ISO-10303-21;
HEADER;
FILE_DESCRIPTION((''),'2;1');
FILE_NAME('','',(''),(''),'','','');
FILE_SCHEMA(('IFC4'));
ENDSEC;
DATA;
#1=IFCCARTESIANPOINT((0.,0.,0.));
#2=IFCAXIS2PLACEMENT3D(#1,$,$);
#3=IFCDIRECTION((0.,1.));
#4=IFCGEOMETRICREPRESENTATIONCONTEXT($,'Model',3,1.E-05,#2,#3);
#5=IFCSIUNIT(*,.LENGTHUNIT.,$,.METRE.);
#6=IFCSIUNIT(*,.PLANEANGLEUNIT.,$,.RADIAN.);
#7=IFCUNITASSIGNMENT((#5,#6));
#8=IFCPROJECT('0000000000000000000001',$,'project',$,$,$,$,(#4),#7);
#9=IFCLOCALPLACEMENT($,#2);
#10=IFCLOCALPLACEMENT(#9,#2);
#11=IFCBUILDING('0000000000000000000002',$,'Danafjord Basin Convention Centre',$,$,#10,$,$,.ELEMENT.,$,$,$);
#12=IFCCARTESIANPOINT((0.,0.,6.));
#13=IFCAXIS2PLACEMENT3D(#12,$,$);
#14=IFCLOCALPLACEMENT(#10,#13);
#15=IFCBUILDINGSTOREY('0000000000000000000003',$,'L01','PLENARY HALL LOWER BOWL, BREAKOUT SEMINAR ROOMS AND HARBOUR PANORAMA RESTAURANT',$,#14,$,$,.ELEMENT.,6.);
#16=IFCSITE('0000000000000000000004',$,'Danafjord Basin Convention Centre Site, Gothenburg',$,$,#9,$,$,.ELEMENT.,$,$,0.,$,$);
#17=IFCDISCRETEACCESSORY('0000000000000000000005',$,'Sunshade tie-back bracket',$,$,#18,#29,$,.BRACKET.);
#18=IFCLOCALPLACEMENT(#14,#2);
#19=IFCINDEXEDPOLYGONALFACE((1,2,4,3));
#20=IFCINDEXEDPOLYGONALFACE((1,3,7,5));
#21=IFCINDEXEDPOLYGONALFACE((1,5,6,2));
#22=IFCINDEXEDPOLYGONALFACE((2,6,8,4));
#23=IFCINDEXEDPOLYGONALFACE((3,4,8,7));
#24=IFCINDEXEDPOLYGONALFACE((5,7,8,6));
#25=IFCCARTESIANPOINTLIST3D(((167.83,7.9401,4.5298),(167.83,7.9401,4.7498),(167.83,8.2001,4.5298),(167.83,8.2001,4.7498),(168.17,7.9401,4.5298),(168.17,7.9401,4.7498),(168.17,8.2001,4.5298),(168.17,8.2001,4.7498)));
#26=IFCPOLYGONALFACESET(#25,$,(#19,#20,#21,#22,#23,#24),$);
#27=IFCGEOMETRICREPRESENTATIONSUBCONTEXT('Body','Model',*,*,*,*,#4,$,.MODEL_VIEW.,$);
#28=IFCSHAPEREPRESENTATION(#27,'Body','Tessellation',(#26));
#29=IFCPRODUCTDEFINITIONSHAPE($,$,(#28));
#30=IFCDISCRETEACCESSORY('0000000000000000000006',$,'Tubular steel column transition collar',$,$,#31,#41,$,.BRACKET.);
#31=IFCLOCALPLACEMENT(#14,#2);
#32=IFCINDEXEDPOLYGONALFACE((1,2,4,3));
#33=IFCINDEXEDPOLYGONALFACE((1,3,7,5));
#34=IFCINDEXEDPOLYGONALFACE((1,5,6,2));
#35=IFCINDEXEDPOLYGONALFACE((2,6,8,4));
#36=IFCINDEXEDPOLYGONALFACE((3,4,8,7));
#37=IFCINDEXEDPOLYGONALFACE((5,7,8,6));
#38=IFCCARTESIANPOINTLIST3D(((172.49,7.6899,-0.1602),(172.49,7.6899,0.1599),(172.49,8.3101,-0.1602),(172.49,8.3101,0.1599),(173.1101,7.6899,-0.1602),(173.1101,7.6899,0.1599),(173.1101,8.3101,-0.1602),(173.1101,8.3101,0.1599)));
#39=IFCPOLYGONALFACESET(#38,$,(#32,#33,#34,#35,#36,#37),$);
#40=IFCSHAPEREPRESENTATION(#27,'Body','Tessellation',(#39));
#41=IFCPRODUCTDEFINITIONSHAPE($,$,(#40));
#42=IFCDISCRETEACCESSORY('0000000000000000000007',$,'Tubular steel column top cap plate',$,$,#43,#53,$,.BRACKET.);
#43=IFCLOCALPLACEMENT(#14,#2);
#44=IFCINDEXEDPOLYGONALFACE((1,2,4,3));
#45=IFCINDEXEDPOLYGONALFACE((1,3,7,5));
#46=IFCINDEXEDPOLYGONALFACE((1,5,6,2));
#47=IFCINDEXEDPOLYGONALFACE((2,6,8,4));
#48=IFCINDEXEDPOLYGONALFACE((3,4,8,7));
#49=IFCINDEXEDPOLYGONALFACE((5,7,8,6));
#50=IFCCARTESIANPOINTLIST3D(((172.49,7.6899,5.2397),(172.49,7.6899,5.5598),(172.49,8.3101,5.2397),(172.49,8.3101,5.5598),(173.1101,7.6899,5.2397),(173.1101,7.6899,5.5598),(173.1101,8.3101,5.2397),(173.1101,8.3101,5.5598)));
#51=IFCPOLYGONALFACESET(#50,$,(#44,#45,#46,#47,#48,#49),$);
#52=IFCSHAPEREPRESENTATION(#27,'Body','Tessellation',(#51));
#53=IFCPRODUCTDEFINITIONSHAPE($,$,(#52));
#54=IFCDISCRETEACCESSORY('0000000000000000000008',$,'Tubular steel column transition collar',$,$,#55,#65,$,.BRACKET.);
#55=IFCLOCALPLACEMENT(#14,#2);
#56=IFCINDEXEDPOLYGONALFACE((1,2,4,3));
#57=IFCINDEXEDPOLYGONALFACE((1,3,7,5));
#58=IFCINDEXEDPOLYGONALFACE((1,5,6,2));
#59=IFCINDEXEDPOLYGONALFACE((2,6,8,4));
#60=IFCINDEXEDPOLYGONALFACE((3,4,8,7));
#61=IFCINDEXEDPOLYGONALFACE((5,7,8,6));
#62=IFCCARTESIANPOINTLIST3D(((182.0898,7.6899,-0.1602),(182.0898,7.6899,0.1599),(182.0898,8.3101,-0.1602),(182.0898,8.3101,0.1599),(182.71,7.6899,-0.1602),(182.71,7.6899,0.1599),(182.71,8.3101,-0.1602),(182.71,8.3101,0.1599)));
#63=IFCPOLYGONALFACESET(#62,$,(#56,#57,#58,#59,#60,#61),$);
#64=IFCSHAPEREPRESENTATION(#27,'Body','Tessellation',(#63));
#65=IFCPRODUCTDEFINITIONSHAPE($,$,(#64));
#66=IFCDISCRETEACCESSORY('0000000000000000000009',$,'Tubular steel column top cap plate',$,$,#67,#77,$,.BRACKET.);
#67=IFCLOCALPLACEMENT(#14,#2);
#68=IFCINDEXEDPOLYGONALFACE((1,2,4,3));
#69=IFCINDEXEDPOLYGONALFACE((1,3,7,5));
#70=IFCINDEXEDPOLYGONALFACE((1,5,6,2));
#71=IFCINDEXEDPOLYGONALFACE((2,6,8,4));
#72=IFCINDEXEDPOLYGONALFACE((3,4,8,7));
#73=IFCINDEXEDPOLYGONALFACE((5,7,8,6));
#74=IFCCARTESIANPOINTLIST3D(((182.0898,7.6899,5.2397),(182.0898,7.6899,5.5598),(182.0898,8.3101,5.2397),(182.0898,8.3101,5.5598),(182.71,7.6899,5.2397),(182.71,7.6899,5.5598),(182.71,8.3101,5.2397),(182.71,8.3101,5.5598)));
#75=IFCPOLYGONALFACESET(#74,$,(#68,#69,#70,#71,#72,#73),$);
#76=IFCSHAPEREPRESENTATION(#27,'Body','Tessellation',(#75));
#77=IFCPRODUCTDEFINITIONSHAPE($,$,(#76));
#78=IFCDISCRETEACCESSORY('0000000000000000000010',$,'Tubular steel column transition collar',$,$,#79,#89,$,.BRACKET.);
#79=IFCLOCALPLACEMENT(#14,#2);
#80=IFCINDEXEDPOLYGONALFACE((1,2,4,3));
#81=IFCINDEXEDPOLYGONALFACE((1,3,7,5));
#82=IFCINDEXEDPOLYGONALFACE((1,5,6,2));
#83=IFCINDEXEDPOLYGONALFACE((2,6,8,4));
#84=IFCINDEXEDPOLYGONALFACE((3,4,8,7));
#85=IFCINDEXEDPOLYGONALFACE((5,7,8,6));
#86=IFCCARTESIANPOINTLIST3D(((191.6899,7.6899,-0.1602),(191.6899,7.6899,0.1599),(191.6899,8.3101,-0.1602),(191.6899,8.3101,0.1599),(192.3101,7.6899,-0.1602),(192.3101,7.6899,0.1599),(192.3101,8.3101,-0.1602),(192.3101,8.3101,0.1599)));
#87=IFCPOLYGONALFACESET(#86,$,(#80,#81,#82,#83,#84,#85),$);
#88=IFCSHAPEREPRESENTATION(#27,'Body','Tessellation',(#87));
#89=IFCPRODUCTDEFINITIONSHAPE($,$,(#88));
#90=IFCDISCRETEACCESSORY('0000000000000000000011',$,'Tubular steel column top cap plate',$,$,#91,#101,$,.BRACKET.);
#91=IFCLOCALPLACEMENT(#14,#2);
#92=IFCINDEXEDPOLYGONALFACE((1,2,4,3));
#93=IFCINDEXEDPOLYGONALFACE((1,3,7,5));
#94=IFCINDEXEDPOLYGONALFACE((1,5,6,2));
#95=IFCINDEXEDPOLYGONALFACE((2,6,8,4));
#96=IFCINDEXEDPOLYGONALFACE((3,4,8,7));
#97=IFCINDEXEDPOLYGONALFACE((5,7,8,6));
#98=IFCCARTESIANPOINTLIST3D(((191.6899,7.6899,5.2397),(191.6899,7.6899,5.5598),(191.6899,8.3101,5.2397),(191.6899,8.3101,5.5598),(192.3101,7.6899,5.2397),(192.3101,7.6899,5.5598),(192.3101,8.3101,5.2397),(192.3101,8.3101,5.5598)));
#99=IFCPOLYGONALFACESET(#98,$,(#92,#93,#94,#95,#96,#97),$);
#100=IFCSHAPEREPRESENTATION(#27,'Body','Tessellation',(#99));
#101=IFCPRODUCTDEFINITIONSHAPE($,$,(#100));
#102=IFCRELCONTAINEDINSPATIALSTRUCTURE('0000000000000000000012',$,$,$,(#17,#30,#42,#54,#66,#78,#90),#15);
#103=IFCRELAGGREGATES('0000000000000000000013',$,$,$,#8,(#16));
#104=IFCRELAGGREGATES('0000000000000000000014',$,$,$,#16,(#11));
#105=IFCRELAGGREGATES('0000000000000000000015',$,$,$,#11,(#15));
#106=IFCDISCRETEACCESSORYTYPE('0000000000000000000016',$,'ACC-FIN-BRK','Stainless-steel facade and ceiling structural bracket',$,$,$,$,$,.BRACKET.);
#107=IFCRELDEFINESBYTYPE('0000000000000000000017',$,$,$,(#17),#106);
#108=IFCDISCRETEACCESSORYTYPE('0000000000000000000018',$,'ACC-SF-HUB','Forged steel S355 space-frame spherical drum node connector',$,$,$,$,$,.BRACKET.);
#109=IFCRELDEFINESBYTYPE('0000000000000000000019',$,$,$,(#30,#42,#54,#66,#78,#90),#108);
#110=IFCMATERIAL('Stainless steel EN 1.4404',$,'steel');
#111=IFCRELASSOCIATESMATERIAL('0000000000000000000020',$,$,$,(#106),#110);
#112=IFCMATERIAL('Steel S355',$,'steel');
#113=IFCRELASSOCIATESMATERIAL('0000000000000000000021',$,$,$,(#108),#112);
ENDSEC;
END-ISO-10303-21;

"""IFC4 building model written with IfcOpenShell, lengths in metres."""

from ifc_helpers import new_model, si_unit, direction, frame, origin, origin_2d, place, context, subcontext, project, spatial, rectangle, extrude, material, type_object, element, save


model = new_model("IFC4")

# Units and contexts
model_context = context("Model", 3, precision=1e-05, world=origin(), true_north=direction((0.0, 1.0)))
body_context = subcontext(model_context, "Body", "Model", "MODEL_VIEW")
ifc_project = project(units=[si_unit("LENGTHUNIT", "METRE"), si_unit("PLANEANGLEUNIT", "RADIAN")], contexts=[model_context])

# Site, building, storey
site_placement = place(None, origin())
site = spatial("IfcSite", under=ifc_project, at=site_placement, Name="Danafjord Basin Convention Centre Site, Gothenburg", CompositionType="ELEMENT", RefElevation=0.0)
building_placement = place(site_placement, origin())
building = spatial("IfcBuilding", under=site, at=building_placement, Name="Danafjord Basin Convention Centre", CompositionType="ELEMENT")
storey_placement = place(building_placement, frame((0.0, 0.0, 6.0)))
storey = spatial("IfcBuildingStorey", under=building, at=storey_placement, Name="L01", Description="PLENARY HALL LOWER BOWL, BREAKOUT SEMINAR ROOMS AND HARBOUR PANORAMA RESTAURANT", CompositionType="ELEMENT", Elevation=6.0)

# Shared definitions
ifc_material_1 = material(Name="Steel S355", Category="steel")

# Discrete accessories
ifc_material_2 = material(Name="Stainless steel EN 1.4404", Category="steel")
discrete_accessory_type_1 = type_object("IfcDiscreteAccessoryType", Name="ACC-FIN-BRK", Description="Stainless-steel facade and ceiling structural bracket", PredefinedType="BRACKET", material=ifc_material_2)
discrete_accessory_placement = place(storey_placement, frame((168.0, 8.0701, 4.5298), z_axis=(0.0, 0.0, 1.0), x_axis=(1.0, 0.0, 0.0)))
element("IfcDiscreteAccessory", 1, at=discrete_accessory_placement, inside=storey, type_object=discrete_accessory_type_1, Name="Sunshade tie-back bracket", PredefinedType="BRACKET", context=body_context, shape_type="SweptSolid", body=[
    extrude(rectangle(XDim=0.3401, YDim=0.26, at=origin_2d()), origin(), (0.0, 0.0, 1.0), 0.22),
])
discrete_accessory_type_2 = type_object("IfcDiscreteAccessoryType", Name="ACC-SF-HUB", Description="Forged steel S355 space-frame spherical drum node connector", PredefinedType="BRACKET", material=ifc_material_1)
for number, where, z_axis, x_axis, name in (
    (2, (172.8, 8.0, -0.1602), (0.0, 0.0, 1.0), (1.0, 0.0, 0.0), "Tubular steel column transition collar"),
    (3, (172.8, 8.0, 5.2397), (0.0, 0.0, 1.0), (1.0, 0.0, 0.0), "Tubular steel column top cap plate"),
    (4, (182.3999, 8.0, -0.1602), (0.0, 0.0, 1.0), (1.0, 0.0, 0.0), "Tubular steel column transition collar"),
    (5, (182.3999, 8.0, 5.2397), (0.0, 0.0, 1.0), (1.0, 0.0, 0.0), "Tubular steel column top cap plate"),
    (6, (192.0, 8.0, -0.1602), (0.0, 0.0, 1.0), (1.0, 0.0, 0.0), "Tubular steel column transition collar"),
    (7, (192.0, 8.0, 5.2397), (0.0, 0.0, 1.0), (1.0, 0.0, 0.0), "Tubular steel column top cap plate"),
):
    element("IfcDiscreteAccessory", number, at=place(storey_placement, frame(where, z_axis=z_axis, x_axis=x_axis)), inside=storey, type_object=discrete_accessory_type_2, Name=name, PredefinedType="BRACKET", context=body_context, shape_type="SweptSolid", body=[
        extrude(rectangle(XDim=0.6201, YDim=0.6201, at=origin_2d()), origin(), (0.0, 0.0, 1.0), 0.3201),
    ])

save(model, "model.ifc")
